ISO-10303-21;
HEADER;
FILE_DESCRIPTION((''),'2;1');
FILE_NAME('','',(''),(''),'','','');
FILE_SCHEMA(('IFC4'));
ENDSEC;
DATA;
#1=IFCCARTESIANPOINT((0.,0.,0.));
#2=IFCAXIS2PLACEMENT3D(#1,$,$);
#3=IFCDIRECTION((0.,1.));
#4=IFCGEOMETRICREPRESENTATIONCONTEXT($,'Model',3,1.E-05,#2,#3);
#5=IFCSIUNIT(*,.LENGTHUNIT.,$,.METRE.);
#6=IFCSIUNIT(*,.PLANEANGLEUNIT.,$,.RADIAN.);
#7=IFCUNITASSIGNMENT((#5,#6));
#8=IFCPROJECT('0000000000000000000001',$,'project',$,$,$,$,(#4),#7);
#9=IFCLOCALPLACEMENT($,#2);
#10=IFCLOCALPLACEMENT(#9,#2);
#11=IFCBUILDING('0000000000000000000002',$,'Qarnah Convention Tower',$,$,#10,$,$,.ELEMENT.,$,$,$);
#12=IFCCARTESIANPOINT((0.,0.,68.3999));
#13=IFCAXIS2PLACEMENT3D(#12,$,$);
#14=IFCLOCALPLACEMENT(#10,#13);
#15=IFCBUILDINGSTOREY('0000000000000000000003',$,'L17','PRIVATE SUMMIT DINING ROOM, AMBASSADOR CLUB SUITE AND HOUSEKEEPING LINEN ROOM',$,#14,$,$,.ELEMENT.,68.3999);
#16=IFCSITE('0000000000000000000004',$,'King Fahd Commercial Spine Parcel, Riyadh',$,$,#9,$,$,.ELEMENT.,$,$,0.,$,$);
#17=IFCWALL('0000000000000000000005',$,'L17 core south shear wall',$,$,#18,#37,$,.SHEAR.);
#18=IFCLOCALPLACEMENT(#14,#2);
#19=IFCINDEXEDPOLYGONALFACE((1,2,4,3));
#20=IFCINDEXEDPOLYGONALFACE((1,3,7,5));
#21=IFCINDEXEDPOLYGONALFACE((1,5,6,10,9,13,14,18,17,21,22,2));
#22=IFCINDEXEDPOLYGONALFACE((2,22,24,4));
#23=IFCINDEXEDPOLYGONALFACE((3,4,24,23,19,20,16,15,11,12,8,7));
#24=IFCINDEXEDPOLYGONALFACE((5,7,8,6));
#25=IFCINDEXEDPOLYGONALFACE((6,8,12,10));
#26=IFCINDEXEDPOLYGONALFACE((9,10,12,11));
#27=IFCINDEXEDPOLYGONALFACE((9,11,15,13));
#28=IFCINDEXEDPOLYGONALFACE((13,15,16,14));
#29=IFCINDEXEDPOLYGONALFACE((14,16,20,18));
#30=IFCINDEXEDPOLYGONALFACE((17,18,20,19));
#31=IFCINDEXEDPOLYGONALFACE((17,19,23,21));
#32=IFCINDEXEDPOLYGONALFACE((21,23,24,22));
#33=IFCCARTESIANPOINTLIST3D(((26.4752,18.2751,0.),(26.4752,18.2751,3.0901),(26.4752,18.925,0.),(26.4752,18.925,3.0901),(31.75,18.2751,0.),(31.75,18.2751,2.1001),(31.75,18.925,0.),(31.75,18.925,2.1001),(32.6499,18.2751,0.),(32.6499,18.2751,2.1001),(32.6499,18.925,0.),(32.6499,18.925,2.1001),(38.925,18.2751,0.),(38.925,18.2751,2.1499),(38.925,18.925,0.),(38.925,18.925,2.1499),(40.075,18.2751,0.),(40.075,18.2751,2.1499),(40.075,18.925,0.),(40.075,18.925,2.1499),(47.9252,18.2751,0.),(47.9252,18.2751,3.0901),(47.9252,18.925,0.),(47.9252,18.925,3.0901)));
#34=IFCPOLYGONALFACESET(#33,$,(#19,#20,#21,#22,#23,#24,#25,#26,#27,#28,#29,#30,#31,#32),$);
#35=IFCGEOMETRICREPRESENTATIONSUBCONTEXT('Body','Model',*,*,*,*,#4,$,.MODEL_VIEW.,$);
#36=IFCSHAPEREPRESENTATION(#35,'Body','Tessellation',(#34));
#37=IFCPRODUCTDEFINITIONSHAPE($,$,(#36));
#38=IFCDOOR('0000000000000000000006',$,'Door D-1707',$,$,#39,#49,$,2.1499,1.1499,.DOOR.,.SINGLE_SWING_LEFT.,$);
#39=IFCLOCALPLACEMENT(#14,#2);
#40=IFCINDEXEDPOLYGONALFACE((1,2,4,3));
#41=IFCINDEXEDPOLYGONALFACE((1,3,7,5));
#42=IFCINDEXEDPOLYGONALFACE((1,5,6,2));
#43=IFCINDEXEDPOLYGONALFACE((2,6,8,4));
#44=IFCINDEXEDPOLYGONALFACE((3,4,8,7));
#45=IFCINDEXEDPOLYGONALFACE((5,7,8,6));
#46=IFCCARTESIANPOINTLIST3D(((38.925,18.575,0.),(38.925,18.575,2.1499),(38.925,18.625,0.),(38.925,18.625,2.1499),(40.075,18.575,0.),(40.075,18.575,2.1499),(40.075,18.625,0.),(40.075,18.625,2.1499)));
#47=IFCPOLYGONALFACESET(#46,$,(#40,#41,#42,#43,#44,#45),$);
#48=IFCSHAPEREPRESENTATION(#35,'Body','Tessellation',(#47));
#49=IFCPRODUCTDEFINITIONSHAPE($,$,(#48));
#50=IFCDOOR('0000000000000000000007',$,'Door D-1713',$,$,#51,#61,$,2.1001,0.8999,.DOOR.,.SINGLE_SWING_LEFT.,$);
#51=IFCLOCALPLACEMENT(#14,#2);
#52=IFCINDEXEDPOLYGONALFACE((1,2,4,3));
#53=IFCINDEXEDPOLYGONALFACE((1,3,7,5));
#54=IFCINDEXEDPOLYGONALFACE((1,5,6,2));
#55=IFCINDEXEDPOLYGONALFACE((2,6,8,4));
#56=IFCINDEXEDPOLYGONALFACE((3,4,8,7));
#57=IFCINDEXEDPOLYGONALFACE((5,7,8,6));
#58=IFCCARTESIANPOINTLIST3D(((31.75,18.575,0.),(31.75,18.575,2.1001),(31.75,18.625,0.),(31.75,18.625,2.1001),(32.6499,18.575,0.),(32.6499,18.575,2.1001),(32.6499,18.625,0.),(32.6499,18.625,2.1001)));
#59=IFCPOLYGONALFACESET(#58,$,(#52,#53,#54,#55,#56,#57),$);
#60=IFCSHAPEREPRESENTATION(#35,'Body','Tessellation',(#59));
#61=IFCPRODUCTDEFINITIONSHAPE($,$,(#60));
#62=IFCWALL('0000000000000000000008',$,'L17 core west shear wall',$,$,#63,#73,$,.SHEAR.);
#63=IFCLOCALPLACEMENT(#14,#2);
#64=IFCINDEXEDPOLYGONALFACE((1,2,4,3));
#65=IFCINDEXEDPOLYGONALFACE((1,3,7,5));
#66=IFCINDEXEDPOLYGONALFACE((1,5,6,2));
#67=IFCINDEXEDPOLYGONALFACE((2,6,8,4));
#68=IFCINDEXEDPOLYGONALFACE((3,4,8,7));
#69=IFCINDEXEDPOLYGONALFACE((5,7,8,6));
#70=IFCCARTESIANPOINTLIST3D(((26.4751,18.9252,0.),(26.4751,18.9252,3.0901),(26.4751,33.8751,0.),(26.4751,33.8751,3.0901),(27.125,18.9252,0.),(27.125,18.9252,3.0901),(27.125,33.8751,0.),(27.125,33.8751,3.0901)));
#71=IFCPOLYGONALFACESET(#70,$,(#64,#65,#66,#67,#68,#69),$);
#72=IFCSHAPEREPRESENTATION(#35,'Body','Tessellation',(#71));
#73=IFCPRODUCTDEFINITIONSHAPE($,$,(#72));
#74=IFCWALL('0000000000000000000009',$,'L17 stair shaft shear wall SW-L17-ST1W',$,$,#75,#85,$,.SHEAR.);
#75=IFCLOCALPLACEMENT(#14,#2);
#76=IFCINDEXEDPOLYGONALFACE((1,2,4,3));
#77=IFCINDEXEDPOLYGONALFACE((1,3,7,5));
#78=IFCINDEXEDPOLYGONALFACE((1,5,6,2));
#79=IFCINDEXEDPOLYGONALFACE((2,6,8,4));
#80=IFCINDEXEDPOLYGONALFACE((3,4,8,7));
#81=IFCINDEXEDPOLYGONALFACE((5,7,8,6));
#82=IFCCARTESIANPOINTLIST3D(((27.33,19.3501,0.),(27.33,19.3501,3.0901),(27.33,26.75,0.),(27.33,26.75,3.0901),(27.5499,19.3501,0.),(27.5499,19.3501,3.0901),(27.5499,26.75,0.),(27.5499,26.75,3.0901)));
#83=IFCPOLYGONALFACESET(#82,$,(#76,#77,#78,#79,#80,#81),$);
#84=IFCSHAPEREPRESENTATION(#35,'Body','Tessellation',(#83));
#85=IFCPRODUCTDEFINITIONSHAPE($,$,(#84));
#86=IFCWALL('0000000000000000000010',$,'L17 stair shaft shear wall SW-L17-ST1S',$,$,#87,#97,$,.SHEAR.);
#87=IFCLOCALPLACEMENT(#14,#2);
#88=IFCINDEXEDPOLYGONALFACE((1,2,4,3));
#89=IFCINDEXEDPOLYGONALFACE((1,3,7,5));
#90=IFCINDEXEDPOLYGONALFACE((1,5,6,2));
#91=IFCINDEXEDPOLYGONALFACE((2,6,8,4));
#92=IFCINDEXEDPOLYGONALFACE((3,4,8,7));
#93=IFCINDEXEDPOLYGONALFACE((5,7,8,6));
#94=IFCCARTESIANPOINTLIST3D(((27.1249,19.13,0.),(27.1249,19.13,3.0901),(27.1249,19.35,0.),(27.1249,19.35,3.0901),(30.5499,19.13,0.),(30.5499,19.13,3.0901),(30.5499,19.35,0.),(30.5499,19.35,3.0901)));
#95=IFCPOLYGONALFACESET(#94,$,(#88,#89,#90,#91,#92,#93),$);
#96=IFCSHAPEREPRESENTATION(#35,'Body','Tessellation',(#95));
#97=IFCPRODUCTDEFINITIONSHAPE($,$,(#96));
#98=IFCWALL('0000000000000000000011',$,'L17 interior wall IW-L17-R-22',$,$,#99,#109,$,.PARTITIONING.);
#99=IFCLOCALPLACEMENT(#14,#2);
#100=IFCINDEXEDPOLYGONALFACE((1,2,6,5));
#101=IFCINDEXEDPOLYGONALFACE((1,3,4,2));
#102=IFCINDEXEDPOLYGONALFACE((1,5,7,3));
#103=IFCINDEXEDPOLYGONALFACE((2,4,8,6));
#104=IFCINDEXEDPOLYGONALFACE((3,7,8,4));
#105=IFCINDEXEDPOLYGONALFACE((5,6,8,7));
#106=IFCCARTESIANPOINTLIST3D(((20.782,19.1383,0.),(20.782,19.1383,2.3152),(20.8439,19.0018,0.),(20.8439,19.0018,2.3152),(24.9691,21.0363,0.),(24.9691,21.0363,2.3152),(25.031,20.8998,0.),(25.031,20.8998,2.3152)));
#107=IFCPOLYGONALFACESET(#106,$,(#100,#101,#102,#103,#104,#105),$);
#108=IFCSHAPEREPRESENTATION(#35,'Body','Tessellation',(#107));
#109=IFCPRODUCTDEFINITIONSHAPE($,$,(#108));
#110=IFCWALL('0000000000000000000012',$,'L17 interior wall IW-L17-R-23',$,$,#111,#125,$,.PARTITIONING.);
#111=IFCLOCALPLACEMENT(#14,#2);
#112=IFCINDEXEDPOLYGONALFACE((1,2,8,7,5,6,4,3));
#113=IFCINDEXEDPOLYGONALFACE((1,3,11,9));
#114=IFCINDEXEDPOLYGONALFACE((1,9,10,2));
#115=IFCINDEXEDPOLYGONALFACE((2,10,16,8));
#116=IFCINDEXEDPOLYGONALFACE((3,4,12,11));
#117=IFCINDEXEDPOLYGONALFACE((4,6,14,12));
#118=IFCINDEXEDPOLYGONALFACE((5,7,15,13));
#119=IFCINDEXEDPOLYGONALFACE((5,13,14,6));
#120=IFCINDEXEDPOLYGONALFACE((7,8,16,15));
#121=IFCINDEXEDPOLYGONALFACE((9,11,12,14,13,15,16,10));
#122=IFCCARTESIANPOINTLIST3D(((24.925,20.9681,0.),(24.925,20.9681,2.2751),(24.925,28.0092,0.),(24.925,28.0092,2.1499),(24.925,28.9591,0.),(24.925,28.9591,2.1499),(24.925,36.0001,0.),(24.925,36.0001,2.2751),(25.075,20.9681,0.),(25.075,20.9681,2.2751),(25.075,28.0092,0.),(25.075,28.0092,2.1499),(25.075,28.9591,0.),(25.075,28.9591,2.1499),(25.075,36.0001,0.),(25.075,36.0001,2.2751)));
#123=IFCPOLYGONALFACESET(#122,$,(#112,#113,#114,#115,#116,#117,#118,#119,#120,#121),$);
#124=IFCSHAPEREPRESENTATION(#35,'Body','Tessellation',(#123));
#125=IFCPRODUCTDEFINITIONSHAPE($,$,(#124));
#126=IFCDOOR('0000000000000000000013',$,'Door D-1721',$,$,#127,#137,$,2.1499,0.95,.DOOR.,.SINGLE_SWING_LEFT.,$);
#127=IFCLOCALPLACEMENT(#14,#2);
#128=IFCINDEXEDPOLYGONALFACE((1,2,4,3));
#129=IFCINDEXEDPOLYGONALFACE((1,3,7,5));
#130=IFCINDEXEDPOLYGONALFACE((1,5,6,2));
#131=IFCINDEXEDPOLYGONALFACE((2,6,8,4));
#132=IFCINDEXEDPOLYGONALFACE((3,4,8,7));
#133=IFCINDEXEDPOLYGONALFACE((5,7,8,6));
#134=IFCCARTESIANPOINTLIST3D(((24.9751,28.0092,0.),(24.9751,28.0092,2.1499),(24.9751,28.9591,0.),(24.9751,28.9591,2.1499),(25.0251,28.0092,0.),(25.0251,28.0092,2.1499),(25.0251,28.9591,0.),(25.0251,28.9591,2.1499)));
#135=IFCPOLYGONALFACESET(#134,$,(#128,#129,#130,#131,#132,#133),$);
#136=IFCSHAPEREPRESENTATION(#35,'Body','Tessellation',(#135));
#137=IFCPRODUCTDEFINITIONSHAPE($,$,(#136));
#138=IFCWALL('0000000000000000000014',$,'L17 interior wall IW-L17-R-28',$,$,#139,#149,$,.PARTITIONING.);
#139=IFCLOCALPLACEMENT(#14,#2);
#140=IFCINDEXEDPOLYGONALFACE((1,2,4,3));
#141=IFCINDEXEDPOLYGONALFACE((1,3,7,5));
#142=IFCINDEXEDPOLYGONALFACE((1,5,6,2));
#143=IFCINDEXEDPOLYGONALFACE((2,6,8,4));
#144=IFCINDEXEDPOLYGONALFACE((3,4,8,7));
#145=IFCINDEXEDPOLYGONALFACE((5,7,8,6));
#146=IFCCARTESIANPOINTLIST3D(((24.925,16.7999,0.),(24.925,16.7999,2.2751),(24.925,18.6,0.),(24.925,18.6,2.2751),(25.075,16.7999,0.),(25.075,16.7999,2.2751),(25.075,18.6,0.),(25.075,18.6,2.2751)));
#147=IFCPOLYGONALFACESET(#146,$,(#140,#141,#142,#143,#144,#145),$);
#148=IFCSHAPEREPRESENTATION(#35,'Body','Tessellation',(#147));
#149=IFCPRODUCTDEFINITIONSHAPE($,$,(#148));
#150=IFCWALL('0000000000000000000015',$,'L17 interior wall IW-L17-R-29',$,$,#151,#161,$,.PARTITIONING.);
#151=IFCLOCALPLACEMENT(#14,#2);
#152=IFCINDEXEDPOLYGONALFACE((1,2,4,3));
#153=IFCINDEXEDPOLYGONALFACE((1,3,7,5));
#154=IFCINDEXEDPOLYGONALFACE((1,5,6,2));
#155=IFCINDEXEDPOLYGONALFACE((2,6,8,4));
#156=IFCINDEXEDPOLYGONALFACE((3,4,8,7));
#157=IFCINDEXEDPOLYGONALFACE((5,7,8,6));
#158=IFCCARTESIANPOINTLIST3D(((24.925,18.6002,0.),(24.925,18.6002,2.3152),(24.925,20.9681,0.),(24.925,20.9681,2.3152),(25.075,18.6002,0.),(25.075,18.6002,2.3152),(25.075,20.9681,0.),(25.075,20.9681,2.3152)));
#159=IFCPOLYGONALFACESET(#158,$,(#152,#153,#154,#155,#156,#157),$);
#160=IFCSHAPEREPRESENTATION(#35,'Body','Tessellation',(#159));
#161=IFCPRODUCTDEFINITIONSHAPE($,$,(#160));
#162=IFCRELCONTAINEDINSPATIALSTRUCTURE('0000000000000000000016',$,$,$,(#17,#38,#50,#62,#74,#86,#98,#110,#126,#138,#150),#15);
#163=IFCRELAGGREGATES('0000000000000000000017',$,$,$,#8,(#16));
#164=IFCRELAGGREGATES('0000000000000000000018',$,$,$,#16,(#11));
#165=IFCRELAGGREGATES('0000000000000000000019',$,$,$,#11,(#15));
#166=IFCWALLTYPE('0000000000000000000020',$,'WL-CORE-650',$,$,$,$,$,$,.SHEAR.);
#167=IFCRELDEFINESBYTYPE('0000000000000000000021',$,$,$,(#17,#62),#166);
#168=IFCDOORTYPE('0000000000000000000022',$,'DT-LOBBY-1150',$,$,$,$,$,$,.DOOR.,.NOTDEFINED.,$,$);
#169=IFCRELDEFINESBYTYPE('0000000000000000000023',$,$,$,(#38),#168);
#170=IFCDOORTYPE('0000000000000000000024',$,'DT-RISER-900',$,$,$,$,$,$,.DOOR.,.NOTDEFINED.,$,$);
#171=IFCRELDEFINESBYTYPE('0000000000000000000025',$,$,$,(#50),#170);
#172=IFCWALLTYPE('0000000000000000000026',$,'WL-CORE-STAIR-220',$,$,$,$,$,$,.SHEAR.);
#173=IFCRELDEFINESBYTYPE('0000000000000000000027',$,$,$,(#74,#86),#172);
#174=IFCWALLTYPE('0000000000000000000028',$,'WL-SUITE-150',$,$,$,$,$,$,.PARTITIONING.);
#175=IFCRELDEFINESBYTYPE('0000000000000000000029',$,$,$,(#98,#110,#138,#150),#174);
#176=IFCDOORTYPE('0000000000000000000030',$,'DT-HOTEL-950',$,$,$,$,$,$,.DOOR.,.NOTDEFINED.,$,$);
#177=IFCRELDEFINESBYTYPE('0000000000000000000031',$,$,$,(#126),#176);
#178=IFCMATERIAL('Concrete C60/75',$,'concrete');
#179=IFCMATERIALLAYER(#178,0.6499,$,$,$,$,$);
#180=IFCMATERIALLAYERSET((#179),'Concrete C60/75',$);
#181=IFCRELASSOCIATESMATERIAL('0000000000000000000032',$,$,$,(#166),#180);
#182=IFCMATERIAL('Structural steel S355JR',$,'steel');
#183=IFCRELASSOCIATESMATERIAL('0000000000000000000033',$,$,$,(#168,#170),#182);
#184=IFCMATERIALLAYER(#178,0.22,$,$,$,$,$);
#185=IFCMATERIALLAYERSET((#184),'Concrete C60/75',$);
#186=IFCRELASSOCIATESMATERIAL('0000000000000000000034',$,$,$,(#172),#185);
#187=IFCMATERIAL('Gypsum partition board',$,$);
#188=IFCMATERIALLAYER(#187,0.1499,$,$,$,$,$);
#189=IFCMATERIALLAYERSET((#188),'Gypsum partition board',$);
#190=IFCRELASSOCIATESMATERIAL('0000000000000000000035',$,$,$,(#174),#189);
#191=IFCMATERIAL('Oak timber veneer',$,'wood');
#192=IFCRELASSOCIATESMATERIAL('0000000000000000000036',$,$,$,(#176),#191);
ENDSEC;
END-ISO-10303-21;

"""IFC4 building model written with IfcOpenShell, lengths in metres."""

from ifc_helpers import new_model, si_unit, direction, frame, frame_2d, origin, place, context, subcontext, project, spatial, rectangle, extrude, material, layer, layer_set, type_object, element, fill, save


model = new_model("IFC4")

# Units and contexts
model_context = context("Model", 3, precision=1e-05, world=origin(), true_north=direction((0.0, 1.0)))
body_context = subcontext(model_context, "Body", "Model", "MODEL_VIEW")
ifc_project = project(units=[si_unit("LENGTHUNIT", "METRE"), si_unit("PLANEANGLEUNIT", "RADIAN")], contexts=[model_context])

# Site, building, storey
site_placement = place(None, origin())
site = spatial("IfcSite", under=ifc_project, at=site_placement, Name="King Fahd Commercial Spine Parcel, Riyadh", CompositionType="ELEMENT", RefElevation=0.0)
building_placement = place(site_placement, origin())
building = spatial("IfcBuilding", under=site, at=building_placement, Name="Qarnah Convention Tower", CompositionType="ELEMENT")
storey_placement = place(building_placement, frame((0.0, 0.0, 68.3999)))
storey = spatial("IfcBuildingStorey", under=building, at=storey_placement, Name="L17", Description="PRIVATE SUMMIT DINING ROOM, AMBASSADOR CLUB SUITE AND HOUSEKEEPING LINEN ROOM", CompositionType="ELEMENT", Elevation=68.3999)

# Shared definitions
ifc_material_1 = material(Name="Concrete C60/75", Category="concrete")
ifc_material_2 = material(Name="Structural steel S355JR", Category="steel")

# Wall, openings, doors
ifc_layer_1 = layer(ifc_material_1, 0.6499)
ifc_layer_set_1 = layer_set([ifc_layer_1], Name="Concrete C60/75")
wall_type_1 = type_object("IfcWallType", Name="WL-CORE-650", PredefinedType="SHEAR", material=ifc_layer_set_1)
wall_1_placement = place(storey_placement, frame((26.4751, 18.6001, 0.0), z_axis=(0.0, 0.0, 1.0), x_axis=(1.0, 0.0, 0.0)))
wall_1 = element("IfcWall", 1, at=wall_1_placement, inside=storey, type_object=wall_type_1, Name="L17 core south shear wall", PredefinedType="SHEAR", context=body_context, shape_type="SweptSolid", body=[
    extrude(rectangle(XDim=21.45, YDim=0.6499, at=frame_2d((10.7251, 0.0))), origin(), (0.0, 0.0, 1.0), 3.0901),
])
opening_1_placement = place(wall_1_placement, frame((12.45, 0.0, 0.0)))
opening_1 = element("IfcOpeningElement", 2, at=opening_1_placement, cuts=wall_1, PredefinedType="OPENING", context=body_context, shape_type="SweptSolid", body=[
    extrude(rectangle(XDim=1.1499, YDim=2.1499, at=frame_2d((0.575, 1.075))), frame((0.0, 0.335, 0.0), z_axis=(0.0, -1.0, 0.0), x_axis=(1.0, 0.0, 0.0)), (0.0, 0.0, 1.0), 0.6699),
])
opening_2_placement = place(wall_1_placement, frame((5.2749, 0.0, 0.0)))
opening_2 = element("IfcOpeningElement", 3, at=opening_2_placement, cuts=wall_1, PredefinedType="OPENING", context=body_context, shape_type="SweptSolid", body=[
    extrude(rectangle(XDim=0.8999, YDim=2.1001, at=frame_2d((0.45, 1.05))), frame((0.0, 0.335, 0.0), z_axis=(0.0, -1.0, 0.0), x_axis=(1.0, 0.0, 0.0)), (0.0, 0.0, 1.0), 0.6699),
])
door_type_1 = type_object("IfcDoorType", Name="DT-LOBBY-1150", OperationType="NOTDEFINED", PredefinedType="DOOR", material=ifc_material_2)
door_1_placement = place(opening_1_placement, origin())
door_1 = element("IfcDoor", 4, at=door_1_placement, inside=storey, type_object=door_type_1, Name="Door D-1707", OperationType="SINGLE_SWING_LEFT", OverallHeight=2.1499, OverallWidth=1.1499, PredefinedType="DOOR", context=body_context, shape_type="SweptSolid", body=[
    extrude(rectangle(XDim=1.1499, YDim=2.1499, at=frame_2d((0.575, 1.075))), frame((0.0, 0.0249, 0.0), z_axis=(0.0, -1.0, 0.0), x_axis=(1.0, 0.0, 0.0)), (0.0, 0.0, 1.0), 0.05),
])
fill(opening_1, door_1)
door_type_2 = type_object("IfcDoorType", Name="DT-RISER-900", OperationType="NOTDEFINED", PredefinedType="DOOR", material=ifc_material_2)
door_2_placement = place(opening_2_placement, origin())
door_2 = element("IfcDoor", 5, at=door_2_placement, inside=storey, type_object=door_type_2, Name="Door D-1713", OperationType="SINGLE_SWING_LEFT", OverallHeight=2.1001, OverallWidth=0.8999, PredefinedType="DOOR", context=body_context, shape_type="SweptSolid", body=[
    extrude(rectangle(XDim=0.8999, YDim=2.1001, at=frame_2d((0.45, 1.05))), frame((0.0, 0.0249, 0.0), z_axis=(0.0, -1.0, 0.0), x_axis=(1.0, 0.0, 0.0)), (0.0, 0.0, 1.0), 0.05),
])
fill(opening_2, door_2)

# Walls
wall_2_placement = place(storey_placement, frame((26.8, 18.925, 0.0), z_axis=(0.0, 0.0, 1.0), x_axis=(0.0, 1.0, 0.0)))
element("IfcWall", 6, at=wall_2_placement, inside=storey, type_object=wall_type_1, Name="L17 core west shear wall", PredefinedType="SHEAR", context=body_context, shape_type="SweptSolid", body=[
    extrude(rectangle(XDim=14.95, YDim=0.6499, at=frame_2d((7.4751, 0.0))), origin(), (0.0, 0.0, 1.0), 3.0901),
])
ifc_layer_2 = layer(ifc_material_1, 0.22)
ifc_layer_set_2 = layer_set([ifc_layer_2], Name="Concrete C60/75")
wall_type_2 = type_object("IfcWallType", Name="WL-CORE-STAIR-220", PredefinedType="SHEAR", material=ifc_layer_set_2)
wall_3_placement = place(storey_placement, frame((27.4399, 19.3501, 0.0), z_axis=(0.0, 0.0, 1.0), x_axis=(0.0, 1.0, 0.0)))
element("IfcWall", 7, at=wall_3_placement, inside=storey, type_object=wall_type_2, Name="L17 stair shaft shear wall SW-L17-ST1W", PredefinedType="SHEAR", context=body_context, shape_type="SweptSolid", body=[
    extrude(rectangle(XDim=7.3999, YDim=0.22, at=frame_2d((3.7, 0.0))), origin(), (0.0, 0.0, 1.0), 3.0901),
])
wall_4_placement = place(storey_placement, frame((27.125, 19.24, 0.0), z_axis=(0.0, 0.0, 1.0), x_axis=(1.0, 0.0, 0.0)))
element("IfcWall", 8, at=wall_4_placement, inside=storey, type_object=wall_type_2, Name="L17 stair shaft shear wall SW-L17-ST1S", PredefinedType="SHEAR", context=body_context, shape_type="SweptSolid", body=[
    extrude(rectangle(XDim=3.425, YDim=0.22, at=frame_2d((1.7124, 0.0))), origin(), (0.0, 0.0, 1.0), 3.0901),
])
ifc_material_3 = material(Name="Gypsum partition board")
ifc_layer_3 = layer(ifc_material_3, 0.1499)
ifc_layer_set_3 = layer_set([ifc_layer_3], Name="Gypsum partition board")
wall_type_3 = type_object("IfcWallType", Name="WL-SUITE-150", PredefinedType="PARTITIONING", material=ifc_layer_set_3)
wall_5_placement = place(storey_placement, frame((20.813, 19.0701, 0.0), z_axis=(0.0, 0.0, 1.0), x_axis=(0.910795, 0.412858, 0.0)))
element("IfcWall", 9, at=wall_5_placement, inside=storey, type_object=wall_type_3, Name="L17 interior wall IW-L17-R-22", PredefinedType="PARTITIONING", context=body_context, shape_type="SweptSolid", body=[
    extrude(rectangle(XDim=4.5972, YDim=0.1499, at=frame_2d((2.2986, 0.0))), origin(), (0.0, 0.0, 1.0), 2.3152),
])

# Wall, opening, door
wall_6_placement = place(storey_placement, frame((25.0, 20.968, 0.0), z_axis=(0.0, 0.0, 1.0), x_axis=(0.0, 1.0, 0.0)))
wall_6 = element("IfcWall", 10, at=wall_6_placement, inside=storey, type_object=wall_type_3, Name="L17 interior wall IW-L17-R-23", PredefinedType="PARTITIONING", context=body_context, shape_type="SweptSolid", body=[
    extrude(rectangle(XDim=15.032, YDim=0.1499, at=frame_2d((7.5161, 0.0))), origin(), (0.0, 0.0, 1.0), 2.2751),
])
opening_3_placement = place(wall_6_placement, frame((7.041, 0.0, 0.0)))
opening_3 = element("IfcOpeningElement", 11, at=opening_3_placement, cuts=wall_6, PredefinedType="OPENING", context=body_context, shape_type="SweptSolid", body=[
    extrude(rectangle(XDim=0.95, YDim=2.1499, at=frame_2d((0.4751, 1.075))), frame((0.0, 0.085, 0.0), z_axis=(0.0, -1.0, 0.0), x_axis=(1.0, 0.0, 0.0)), (0.0, 0.0, 1.0), 0.1699),
])
ifc_material_4 = material(Name="Oak timber veneer", Category="wood")
door_type_3 = type_object("IfcDoorType", Name="DT-HOTEL-950", OperationType="NOTDEFINED", PredefinedType="DOOR", material=ifc_material_4)
door_3_placement = place(opening_3_placement, origin())
door_3 = element("IfcDoor", 12, at=door_3_placement, inside=storey, type_object=door_type_3, Name="Door D-1721", OperationType="SINGLE_SWING_LEFT", OverallHeight=2.1499, OverallWidth=0.95, PredefinedType="DOOR", context=body_context, shape_type="SweptSolid", body=[
    extrude(rectangle(XDim=0.95, YDim=2.1499, at=frame_2d((0.4751, 1.075))), frame((0.0, 0.0249, 0.0), z_axis=(0.0, -1.0, 0.0), x_axis=(1.0, 0.0, 0.0)), (0.0, 0.0, 1.0), 0.05),
])
fill(opening_3, door_3)

# Walls
wall_7_placement = place(storey_placement, frame((25.0, 16.8, 0.0), z_axis=(0.0, 0.0, 1.0), x_axis=(0.0, 1.0, 0.0)))
element("IfcWall", 13, at=wall_7_placement, inside=storey, type_object=wall_type_3, Name="L17 interior wall IW-L17-R-28", PredefinedType="PARTITIONING", context=body_context, shape_type="SweptSolid", body=[
    extrude(rectangle(XDim=1.8, YDim=0.1499, at=frame_2d((0.8999, 0.0))), origin(), (0.0, 0.0, 1.0), 2.2751),
])
wall_8_placement = place(storey_placement, frame((25.0, 18.6001, 0.0), z_axis=(0.0, 0.0, 1.0), x_axis=(0.0, 1.0, 0.0)))
element("IfcWall", 14, at=wall_8_placement, inside=storey, type_object=wall_type_3, Name="L17 interior wall IW-L17-R-29", PredefinedType="PARTITIONING", context=body_context, shape_type="SweptSolid", body=[
    extrude(rectangle(XDim=2.3679, YDim=0.1499, at=frame_2d((1.1841, 0.0))), origin(), (0.0, 0.0, 1.0), 2.3152),
])

save(model, "model.ifc")
